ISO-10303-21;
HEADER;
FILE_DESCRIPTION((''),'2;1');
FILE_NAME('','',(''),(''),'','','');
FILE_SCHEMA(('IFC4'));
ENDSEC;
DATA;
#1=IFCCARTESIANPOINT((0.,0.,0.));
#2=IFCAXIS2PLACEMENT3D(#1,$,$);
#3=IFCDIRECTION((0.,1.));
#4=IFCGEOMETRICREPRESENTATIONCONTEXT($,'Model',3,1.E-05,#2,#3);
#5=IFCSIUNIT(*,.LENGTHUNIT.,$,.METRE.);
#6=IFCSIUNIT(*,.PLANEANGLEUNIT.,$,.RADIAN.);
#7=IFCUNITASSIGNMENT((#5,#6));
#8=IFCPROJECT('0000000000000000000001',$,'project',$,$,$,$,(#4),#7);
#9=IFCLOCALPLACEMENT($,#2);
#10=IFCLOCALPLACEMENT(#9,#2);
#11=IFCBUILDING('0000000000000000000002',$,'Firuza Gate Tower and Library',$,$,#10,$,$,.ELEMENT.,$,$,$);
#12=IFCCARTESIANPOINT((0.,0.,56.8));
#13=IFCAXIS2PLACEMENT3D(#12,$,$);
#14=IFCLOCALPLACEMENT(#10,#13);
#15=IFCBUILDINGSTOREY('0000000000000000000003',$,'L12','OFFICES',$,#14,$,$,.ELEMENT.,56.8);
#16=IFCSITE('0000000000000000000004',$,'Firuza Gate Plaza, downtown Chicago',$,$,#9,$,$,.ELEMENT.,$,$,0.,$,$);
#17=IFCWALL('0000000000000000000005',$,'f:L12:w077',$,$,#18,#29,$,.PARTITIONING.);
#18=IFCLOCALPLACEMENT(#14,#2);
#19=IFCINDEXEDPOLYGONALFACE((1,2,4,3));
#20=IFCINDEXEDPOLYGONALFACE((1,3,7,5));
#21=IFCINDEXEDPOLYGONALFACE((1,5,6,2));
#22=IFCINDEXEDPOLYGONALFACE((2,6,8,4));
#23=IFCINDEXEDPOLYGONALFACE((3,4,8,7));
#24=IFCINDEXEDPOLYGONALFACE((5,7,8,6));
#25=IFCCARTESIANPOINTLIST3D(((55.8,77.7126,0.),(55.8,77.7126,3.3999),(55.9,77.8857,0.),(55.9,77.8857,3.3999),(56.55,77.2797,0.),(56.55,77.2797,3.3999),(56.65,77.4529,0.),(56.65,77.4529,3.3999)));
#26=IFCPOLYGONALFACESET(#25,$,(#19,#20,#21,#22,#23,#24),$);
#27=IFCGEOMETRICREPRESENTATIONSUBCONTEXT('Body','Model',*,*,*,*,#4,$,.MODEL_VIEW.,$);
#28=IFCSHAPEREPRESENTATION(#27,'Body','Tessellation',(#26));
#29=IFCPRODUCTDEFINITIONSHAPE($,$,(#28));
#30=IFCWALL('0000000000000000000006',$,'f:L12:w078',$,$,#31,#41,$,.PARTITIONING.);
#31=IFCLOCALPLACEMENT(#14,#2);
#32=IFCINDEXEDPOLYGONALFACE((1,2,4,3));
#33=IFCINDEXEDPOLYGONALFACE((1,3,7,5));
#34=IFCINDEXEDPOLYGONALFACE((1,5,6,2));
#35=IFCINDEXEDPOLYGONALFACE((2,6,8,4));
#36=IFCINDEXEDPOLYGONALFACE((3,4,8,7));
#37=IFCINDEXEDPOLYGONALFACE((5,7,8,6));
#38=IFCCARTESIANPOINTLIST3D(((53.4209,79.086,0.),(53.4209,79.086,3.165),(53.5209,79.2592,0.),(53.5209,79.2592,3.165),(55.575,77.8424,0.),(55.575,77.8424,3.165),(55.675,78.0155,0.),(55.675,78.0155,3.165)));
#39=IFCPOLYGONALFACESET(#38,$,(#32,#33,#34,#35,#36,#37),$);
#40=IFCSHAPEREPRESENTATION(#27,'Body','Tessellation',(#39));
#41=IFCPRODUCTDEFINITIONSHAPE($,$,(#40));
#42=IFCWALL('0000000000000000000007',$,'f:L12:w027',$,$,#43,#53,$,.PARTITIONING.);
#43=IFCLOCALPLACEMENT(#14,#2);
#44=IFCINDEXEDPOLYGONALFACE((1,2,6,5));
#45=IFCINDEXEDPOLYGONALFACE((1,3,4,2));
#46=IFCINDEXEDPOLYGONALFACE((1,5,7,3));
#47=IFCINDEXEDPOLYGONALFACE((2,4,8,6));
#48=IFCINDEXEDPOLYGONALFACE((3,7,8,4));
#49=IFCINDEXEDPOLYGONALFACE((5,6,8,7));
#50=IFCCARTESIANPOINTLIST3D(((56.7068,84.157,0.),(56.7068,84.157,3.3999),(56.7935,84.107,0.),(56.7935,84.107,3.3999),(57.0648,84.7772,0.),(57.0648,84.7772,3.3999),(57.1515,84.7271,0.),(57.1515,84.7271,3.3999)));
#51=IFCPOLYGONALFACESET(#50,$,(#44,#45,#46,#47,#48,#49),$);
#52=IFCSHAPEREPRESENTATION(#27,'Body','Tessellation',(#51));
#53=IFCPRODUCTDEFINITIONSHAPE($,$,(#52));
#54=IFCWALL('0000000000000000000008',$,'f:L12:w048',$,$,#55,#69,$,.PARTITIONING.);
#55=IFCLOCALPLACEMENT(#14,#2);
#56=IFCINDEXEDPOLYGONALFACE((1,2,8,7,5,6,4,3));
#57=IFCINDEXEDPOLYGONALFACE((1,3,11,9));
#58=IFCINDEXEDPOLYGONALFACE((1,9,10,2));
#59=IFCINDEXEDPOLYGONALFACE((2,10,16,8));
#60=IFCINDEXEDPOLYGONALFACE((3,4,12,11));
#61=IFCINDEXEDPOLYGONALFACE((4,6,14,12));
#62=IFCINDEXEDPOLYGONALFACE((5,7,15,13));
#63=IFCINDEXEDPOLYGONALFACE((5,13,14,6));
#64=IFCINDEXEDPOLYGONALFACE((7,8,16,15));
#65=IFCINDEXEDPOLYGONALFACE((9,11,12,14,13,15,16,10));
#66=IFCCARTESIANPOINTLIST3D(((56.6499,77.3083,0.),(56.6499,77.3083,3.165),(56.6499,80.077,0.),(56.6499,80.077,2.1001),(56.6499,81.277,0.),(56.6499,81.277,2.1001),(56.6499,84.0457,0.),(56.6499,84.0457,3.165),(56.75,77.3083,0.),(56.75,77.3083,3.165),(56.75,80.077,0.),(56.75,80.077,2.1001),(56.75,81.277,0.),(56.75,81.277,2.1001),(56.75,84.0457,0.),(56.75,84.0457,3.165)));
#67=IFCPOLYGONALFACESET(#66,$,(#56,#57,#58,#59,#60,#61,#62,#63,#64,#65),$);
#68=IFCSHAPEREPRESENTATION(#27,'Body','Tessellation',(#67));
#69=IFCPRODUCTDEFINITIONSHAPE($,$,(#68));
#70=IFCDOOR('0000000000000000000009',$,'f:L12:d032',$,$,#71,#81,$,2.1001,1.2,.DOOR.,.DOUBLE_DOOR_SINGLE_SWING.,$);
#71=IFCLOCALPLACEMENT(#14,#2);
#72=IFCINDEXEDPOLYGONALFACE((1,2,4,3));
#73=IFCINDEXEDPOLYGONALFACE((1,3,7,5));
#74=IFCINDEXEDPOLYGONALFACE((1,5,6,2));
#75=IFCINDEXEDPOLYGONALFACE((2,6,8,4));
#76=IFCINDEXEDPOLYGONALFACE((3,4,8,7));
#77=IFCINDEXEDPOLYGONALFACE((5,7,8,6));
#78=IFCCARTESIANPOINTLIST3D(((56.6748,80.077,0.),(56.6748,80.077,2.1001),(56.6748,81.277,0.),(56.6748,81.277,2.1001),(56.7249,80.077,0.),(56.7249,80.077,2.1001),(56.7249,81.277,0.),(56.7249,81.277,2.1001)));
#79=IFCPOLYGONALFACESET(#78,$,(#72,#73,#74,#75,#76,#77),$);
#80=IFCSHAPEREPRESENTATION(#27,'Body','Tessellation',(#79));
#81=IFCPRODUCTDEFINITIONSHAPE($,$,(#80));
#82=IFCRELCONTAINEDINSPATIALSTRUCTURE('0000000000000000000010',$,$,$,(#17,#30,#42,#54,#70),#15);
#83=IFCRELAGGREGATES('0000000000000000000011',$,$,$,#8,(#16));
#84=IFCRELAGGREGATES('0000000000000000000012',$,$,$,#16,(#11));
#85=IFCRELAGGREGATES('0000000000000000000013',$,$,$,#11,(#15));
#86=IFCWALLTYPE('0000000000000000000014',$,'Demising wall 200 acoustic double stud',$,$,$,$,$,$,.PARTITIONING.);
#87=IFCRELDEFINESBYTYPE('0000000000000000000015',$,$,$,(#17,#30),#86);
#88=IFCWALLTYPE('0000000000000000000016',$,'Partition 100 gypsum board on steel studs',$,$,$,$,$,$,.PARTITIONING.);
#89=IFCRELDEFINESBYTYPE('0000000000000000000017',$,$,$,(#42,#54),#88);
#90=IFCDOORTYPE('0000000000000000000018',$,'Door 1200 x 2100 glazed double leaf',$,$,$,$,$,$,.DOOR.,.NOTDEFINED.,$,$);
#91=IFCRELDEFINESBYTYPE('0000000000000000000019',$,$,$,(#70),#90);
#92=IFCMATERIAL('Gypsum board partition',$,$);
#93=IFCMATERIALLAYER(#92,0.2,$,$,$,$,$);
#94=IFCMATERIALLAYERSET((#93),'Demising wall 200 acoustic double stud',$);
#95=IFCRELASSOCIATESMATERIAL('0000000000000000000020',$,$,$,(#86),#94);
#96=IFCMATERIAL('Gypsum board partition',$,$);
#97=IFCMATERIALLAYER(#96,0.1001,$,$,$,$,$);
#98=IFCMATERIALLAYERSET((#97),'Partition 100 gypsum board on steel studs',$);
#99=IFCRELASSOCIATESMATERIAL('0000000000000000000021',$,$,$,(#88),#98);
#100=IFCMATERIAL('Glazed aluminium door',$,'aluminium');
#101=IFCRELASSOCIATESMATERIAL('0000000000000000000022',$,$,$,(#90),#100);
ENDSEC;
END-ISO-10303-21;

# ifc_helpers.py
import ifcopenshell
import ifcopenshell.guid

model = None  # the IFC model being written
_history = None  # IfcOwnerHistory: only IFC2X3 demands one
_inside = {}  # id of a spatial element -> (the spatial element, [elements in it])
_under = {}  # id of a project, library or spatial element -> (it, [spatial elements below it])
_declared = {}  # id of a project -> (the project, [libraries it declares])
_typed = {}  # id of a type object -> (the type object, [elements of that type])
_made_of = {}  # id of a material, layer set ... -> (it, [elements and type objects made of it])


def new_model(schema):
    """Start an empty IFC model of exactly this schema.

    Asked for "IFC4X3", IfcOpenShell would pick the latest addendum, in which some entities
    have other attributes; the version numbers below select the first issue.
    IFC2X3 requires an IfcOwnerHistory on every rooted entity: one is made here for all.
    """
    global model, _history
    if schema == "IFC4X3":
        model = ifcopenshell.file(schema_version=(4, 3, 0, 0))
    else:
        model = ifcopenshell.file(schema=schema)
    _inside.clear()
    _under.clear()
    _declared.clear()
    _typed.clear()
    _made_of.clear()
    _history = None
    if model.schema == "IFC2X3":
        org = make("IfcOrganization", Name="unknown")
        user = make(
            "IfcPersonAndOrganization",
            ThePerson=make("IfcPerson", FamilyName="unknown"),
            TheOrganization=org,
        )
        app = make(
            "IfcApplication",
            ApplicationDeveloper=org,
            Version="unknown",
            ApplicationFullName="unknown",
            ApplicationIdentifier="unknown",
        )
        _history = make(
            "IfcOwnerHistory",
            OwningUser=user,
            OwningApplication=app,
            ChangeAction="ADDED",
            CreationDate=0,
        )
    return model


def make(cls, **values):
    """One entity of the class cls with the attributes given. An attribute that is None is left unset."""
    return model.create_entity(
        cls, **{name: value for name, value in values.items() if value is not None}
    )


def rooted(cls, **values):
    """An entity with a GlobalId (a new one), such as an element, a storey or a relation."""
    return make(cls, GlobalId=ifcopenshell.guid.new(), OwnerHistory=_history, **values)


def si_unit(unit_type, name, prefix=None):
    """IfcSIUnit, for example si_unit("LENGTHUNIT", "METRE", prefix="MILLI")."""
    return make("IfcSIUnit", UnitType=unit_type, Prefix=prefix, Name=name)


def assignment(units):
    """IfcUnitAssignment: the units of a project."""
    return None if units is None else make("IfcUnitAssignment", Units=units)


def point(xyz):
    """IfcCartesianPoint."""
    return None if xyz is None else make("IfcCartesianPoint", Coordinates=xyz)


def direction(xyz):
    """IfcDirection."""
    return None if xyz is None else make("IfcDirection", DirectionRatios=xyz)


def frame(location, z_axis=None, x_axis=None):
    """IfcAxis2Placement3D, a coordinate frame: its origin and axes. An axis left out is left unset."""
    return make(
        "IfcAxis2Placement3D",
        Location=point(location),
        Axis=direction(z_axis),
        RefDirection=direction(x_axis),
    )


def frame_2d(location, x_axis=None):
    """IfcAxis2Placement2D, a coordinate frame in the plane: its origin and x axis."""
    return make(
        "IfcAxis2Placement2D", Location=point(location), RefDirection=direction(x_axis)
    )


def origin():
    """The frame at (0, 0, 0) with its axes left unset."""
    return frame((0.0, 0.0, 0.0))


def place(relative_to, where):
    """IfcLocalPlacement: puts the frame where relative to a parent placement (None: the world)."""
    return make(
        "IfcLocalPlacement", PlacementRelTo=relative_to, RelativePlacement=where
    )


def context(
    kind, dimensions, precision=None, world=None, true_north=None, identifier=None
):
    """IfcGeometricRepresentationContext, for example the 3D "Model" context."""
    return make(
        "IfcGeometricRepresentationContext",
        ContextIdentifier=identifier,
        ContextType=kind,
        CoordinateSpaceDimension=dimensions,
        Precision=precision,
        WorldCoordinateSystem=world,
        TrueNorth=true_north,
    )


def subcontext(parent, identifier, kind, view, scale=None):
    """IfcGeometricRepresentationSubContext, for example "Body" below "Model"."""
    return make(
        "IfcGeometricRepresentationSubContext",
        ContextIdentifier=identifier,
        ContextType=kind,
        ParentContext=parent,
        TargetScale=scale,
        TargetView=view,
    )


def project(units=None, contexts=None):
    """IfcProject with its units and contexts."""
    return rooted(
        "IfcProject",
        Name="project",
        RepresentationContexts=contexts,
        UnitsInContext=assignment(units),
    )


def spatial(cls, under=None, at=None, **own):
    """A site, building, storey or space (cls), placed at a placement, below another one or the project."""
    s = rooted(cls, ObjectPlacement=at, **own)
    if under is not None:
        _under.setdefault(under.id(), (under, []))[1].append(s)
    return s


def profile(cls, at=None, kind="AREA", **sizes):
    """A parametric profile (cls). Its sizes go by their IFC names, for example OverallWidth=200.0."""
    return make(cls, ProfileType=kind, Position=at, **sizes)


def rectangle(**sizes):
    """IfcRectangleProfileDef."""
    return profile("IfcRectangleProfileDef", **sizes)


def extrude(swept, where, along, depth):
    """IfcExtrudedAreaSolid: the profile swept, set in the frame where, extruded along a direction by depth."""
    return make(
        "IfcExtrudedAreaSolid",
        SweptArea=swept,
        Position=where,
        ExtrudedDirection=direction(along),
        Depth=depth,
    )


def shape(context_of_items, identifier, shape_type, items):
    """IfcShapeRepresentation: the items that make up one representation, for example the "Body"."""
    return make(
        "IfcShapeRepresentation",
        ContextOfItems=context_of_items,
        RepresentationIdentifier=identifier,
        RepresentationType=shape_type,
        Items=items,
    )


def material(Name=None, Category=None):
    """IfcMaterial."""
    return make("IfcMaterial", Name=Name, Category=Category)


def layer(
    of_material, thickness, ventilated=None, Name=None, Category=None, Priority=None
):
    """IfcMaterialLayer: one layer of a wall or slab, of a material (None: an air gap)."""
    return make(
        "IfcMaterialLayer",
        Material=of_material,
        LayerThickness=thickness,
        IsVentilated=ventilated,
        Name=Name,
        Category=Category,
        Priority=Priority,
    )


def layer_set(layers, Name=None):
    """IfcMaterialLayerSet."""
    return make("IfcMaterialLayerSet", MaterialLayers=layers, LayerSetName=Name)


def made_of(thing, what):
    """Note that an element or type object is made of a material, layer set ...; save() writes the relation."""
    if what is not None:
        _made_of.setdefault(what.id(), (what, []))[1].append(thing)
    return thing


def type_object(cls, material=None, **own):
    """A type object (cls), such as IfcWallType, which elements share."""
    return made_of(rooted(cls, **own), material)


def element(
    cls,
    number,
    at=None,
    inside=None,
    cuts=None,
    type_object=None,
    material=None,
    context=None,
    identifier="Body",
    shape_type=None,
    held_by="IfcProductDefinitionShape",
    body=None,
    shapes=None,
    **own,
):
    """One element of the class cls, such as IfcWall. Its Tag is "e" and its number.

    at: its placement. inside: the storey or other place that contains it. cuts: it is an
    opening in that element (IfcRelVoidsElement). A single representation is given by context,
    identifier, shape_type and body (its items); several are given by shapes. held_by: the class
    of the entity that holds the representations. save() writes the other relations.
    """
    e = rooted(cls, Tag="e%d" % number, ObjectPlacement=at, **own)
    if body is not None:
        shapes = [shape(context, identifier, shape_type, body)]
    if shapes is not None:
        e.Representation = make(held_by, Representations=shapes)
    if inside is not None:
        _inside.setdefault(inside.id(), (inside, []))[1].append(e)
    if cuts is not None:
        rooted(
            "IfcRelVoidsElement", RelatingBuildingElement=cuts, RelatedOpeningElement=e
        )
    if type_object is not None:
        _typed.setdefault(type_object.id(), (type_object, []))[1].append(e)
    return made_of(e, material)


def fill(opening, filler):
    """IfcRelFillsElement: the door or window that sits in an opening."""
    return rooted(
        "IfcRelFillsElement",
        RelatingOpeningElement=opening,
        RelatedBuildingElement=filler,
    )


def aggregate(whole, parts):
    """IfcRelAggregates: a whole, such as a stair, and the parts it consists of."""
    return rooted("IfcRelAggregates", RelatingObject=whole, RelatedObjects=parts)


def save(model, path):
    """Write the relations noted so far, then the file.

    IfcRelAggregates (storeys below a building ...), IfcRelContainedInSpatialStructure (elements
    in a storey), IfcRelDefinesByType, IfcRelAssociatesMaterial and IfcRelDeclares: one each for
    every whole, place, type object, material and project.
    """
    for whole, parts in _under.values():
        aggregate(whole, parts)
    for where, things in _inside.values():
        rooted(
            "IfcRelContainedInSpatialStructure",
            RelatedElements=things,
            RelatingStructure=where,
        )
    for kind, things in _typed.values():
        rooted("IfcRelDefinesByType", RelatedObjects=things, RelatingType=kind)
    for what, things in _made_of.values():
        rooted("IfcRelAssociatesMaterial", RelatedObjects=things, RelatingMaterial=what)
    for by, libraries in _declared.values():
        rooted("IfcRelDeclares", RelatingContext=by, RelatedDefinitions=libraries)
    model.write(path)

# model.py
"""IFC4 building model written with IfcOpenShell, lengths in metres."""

from ifc_helpers import new_model, si_unit, direction, frame, frame_2d, origin, place, context, subcontext, project, spatial, rectangle, extrude, material, layer, layer_set, type_object, element, fill, save


model = new_model("IFC4")

# Units and contexts
model_context = context("Model", 3, precision=1e-05, world=origin(), true_north=direction((0.0, 1.0)))
body_context = subcontext(model_context, "Body", "Model", "MODEL_VIEW")
ifc_project = project(units=[si_unit("LENGTHUNIT", "METRE"), si_unit("PLANEANGLEUNIT", "RADIAN")], contexts=[model_context])

# Site, building, storey
site_placement = place(None, origin())
site = spatial("IfcSite", under=ifc_project, at=site_placement, Name="Firuza Gate Plaza, downtown Chicago", CompositionType="ELEMENT", RefElevation=0.0)
building_placement = place(site_placement, origin())
building = spatial("IfcBuilding", under=site, at=building_placement, Name="Firuza Gate Tower and Library", CompositionType="ELEMENT")
storey_placement = place(building_placement, frame((0.0, 0.0, 56.8)))
storey = spatial("IfcBuildingStorey", under=building, at=storey_placement, Name="L12", Description="OFFICES", CompositionType="ELEMENT", Elevation=56.8)

# Walls
ifc_material_1 = material(Name="Gypsum board partition")
ifc_layer_1 = layer(ifc_material_1, 0.2)
ifc_layer_set_1 = layer_set([ifc_layer_1], Name="Demising wall 200 acoustic double stud")
wall_type_1 = type_object("IfcWallType", Name="Demising wall 200 acoustic double stud", PredefinedType="PARTITIONING", material=ifc_layer_set_1)
wall_1_placement = place(storey_placement, frame((56.6001, 77.3662, 0.0), z_axis=(0.0, 0.0, 1.0), x_axis=(-0.866101, 0.499869, 0.0)))
element("IfcWall", 1, at=wall_1_placement, inside=storey, type_object=wall_type_1, Name="f:L12:w077", PredefinedType="PARTITIONING", context=body_context, shape_type="SweptSolid", body=[
    extrude(rectangle(XDim=0.866, YDim=0.2, at=frame_2d((0.4331, 0.0))), origin(), (0.0, 0.0, 1.0), 3.3999),
])
wall_2_placement = place(storey_placement, frame((55.625, 77.929, 0.0), z_axis=(0.0, 0.0, 1.0), x_axis=(-0.866024, 0.500003, 0.0)))
element("IfcWall", 2, at=wall_2_placement, inside=storey, type_object=wall_type_1, Name="f:L12:w078", PredefinedType="PARTITIONING", context=body_context, shape_type="SweptSolid", body=[
    extrude(rectangle(XDim=2.4873, YDim=0.2, at=frame_2d((1.2437, 0.0))), origin(), (0.0, 0.0, 1.0), 3.165),
])
ifc_material_2 = material(Name="Gypsum board partition")
ifc_layer_2 = layer(ifc_material_2, 0.1001)
ifc_layer_set_2 = layer_set([ifc_layer_2], Name="Partition 100 gypsum board on steel studs")
wall_type_2 = type_object("IfcWallType", Name="Partition 100 gypsum board on steel studs", PredefinedType="PARTITIONING", material=ifc_layer_set_2)
wall_3_placement = place(storey_placement, frame((56.7502, 84.1321, 0.0), z_axis=(0.0, 0.0, 1.0), x_axis=(0.49988, 0.866095, 0.0)))
element("IfcWall", 3, at=wall_3_placement, inside=storey, type_object=wall_type_2, Name="f:L12:w027", PredefinedType="PARTITIONING", context=body_context, shape_type="SweptSolid", body=[
    extrude(rectangle(XDim=0.7161, YDim=0.1001, at=frame_2d((0.3579, 0.0))), origin(), (0.0, 0.0, 1.0), 3.3999),
])

# Wall, opening, door
wall_4_placement = place(storey_placement, frame((56.7, 84.0457, 0.0), z_axis=(0.0, 0.0, 1.0), x_axis=(0.0, -1.0, 0.0)))
wall_4 = element("IfcWall", 4, at=wall_4_placement, inside=storey, type_object=wall_type_2, Name="f:L12:w048", PredefinedType="PARTITIONING", context=body_context, shape_type="SweptSolid", body=[
    extrude(rectangle(XDim=6.7373, YDim=0.1001, at=frame_2d((3.3687, 0.0))), origin(), (0.0, 0.0, 1.0), 3.165),
])
opening_placement = place(wall_4_placement, frame((2.7686, 0.0, 0.0)))
opening = element("IfcOpeningElement", 5, at=opening_placement, cuts=wall_4, PredefinedType="OPENING", context=body_context, shape_type="SweptSolid", body=[
    extrude(rectangle(XDim=1.2, YDim=2.1001, at=frame_2d((0.6001, 1.05))), frame((0.0, 0.0601, 0.0), z_axis=(0.0, -1.0, 0.0), x_axis=(1.0, 0.0, 0.0)), (0.0, 0.0, 1.0), 0.1201),
])
ifc_material_3 = material(Name="Glazed aluminium door", Category="aluminium")
door_type = type_object("IfcDoorType", Name="Door 1200 x 2100 glazed double leaf", OperationType="NOTDEFINED", PredefinedType="DOOR", material=ifc_material_3)
door_placement = place(opening_placement, origin())
door = element("IfcDoor", 6, at=door_placement, inside=storey, type_object=door_type, Name="f:L12:d032", OperationType="DOUBLE_DOOR_SINGLE_SWING", OverallHeight=2.1001, OverallWidth=1.2, PredefinedType="DOOR", context=body_context, shape_type="SweptSolid", body=[
    extrude(rectangle(XDim=1.2, YDim=2.1001, at=frame_2d((0.6001, 1.05))), frame((0.0, 0.0249, 0.0), z_axis=(0.0, -1.0, 0.0), x_axis=(1.0, 0.0, 0.0)), (0.0, 0.0, 1.0), 0.05),
])
fill(opening, door)

save(model, "model.ifc")
